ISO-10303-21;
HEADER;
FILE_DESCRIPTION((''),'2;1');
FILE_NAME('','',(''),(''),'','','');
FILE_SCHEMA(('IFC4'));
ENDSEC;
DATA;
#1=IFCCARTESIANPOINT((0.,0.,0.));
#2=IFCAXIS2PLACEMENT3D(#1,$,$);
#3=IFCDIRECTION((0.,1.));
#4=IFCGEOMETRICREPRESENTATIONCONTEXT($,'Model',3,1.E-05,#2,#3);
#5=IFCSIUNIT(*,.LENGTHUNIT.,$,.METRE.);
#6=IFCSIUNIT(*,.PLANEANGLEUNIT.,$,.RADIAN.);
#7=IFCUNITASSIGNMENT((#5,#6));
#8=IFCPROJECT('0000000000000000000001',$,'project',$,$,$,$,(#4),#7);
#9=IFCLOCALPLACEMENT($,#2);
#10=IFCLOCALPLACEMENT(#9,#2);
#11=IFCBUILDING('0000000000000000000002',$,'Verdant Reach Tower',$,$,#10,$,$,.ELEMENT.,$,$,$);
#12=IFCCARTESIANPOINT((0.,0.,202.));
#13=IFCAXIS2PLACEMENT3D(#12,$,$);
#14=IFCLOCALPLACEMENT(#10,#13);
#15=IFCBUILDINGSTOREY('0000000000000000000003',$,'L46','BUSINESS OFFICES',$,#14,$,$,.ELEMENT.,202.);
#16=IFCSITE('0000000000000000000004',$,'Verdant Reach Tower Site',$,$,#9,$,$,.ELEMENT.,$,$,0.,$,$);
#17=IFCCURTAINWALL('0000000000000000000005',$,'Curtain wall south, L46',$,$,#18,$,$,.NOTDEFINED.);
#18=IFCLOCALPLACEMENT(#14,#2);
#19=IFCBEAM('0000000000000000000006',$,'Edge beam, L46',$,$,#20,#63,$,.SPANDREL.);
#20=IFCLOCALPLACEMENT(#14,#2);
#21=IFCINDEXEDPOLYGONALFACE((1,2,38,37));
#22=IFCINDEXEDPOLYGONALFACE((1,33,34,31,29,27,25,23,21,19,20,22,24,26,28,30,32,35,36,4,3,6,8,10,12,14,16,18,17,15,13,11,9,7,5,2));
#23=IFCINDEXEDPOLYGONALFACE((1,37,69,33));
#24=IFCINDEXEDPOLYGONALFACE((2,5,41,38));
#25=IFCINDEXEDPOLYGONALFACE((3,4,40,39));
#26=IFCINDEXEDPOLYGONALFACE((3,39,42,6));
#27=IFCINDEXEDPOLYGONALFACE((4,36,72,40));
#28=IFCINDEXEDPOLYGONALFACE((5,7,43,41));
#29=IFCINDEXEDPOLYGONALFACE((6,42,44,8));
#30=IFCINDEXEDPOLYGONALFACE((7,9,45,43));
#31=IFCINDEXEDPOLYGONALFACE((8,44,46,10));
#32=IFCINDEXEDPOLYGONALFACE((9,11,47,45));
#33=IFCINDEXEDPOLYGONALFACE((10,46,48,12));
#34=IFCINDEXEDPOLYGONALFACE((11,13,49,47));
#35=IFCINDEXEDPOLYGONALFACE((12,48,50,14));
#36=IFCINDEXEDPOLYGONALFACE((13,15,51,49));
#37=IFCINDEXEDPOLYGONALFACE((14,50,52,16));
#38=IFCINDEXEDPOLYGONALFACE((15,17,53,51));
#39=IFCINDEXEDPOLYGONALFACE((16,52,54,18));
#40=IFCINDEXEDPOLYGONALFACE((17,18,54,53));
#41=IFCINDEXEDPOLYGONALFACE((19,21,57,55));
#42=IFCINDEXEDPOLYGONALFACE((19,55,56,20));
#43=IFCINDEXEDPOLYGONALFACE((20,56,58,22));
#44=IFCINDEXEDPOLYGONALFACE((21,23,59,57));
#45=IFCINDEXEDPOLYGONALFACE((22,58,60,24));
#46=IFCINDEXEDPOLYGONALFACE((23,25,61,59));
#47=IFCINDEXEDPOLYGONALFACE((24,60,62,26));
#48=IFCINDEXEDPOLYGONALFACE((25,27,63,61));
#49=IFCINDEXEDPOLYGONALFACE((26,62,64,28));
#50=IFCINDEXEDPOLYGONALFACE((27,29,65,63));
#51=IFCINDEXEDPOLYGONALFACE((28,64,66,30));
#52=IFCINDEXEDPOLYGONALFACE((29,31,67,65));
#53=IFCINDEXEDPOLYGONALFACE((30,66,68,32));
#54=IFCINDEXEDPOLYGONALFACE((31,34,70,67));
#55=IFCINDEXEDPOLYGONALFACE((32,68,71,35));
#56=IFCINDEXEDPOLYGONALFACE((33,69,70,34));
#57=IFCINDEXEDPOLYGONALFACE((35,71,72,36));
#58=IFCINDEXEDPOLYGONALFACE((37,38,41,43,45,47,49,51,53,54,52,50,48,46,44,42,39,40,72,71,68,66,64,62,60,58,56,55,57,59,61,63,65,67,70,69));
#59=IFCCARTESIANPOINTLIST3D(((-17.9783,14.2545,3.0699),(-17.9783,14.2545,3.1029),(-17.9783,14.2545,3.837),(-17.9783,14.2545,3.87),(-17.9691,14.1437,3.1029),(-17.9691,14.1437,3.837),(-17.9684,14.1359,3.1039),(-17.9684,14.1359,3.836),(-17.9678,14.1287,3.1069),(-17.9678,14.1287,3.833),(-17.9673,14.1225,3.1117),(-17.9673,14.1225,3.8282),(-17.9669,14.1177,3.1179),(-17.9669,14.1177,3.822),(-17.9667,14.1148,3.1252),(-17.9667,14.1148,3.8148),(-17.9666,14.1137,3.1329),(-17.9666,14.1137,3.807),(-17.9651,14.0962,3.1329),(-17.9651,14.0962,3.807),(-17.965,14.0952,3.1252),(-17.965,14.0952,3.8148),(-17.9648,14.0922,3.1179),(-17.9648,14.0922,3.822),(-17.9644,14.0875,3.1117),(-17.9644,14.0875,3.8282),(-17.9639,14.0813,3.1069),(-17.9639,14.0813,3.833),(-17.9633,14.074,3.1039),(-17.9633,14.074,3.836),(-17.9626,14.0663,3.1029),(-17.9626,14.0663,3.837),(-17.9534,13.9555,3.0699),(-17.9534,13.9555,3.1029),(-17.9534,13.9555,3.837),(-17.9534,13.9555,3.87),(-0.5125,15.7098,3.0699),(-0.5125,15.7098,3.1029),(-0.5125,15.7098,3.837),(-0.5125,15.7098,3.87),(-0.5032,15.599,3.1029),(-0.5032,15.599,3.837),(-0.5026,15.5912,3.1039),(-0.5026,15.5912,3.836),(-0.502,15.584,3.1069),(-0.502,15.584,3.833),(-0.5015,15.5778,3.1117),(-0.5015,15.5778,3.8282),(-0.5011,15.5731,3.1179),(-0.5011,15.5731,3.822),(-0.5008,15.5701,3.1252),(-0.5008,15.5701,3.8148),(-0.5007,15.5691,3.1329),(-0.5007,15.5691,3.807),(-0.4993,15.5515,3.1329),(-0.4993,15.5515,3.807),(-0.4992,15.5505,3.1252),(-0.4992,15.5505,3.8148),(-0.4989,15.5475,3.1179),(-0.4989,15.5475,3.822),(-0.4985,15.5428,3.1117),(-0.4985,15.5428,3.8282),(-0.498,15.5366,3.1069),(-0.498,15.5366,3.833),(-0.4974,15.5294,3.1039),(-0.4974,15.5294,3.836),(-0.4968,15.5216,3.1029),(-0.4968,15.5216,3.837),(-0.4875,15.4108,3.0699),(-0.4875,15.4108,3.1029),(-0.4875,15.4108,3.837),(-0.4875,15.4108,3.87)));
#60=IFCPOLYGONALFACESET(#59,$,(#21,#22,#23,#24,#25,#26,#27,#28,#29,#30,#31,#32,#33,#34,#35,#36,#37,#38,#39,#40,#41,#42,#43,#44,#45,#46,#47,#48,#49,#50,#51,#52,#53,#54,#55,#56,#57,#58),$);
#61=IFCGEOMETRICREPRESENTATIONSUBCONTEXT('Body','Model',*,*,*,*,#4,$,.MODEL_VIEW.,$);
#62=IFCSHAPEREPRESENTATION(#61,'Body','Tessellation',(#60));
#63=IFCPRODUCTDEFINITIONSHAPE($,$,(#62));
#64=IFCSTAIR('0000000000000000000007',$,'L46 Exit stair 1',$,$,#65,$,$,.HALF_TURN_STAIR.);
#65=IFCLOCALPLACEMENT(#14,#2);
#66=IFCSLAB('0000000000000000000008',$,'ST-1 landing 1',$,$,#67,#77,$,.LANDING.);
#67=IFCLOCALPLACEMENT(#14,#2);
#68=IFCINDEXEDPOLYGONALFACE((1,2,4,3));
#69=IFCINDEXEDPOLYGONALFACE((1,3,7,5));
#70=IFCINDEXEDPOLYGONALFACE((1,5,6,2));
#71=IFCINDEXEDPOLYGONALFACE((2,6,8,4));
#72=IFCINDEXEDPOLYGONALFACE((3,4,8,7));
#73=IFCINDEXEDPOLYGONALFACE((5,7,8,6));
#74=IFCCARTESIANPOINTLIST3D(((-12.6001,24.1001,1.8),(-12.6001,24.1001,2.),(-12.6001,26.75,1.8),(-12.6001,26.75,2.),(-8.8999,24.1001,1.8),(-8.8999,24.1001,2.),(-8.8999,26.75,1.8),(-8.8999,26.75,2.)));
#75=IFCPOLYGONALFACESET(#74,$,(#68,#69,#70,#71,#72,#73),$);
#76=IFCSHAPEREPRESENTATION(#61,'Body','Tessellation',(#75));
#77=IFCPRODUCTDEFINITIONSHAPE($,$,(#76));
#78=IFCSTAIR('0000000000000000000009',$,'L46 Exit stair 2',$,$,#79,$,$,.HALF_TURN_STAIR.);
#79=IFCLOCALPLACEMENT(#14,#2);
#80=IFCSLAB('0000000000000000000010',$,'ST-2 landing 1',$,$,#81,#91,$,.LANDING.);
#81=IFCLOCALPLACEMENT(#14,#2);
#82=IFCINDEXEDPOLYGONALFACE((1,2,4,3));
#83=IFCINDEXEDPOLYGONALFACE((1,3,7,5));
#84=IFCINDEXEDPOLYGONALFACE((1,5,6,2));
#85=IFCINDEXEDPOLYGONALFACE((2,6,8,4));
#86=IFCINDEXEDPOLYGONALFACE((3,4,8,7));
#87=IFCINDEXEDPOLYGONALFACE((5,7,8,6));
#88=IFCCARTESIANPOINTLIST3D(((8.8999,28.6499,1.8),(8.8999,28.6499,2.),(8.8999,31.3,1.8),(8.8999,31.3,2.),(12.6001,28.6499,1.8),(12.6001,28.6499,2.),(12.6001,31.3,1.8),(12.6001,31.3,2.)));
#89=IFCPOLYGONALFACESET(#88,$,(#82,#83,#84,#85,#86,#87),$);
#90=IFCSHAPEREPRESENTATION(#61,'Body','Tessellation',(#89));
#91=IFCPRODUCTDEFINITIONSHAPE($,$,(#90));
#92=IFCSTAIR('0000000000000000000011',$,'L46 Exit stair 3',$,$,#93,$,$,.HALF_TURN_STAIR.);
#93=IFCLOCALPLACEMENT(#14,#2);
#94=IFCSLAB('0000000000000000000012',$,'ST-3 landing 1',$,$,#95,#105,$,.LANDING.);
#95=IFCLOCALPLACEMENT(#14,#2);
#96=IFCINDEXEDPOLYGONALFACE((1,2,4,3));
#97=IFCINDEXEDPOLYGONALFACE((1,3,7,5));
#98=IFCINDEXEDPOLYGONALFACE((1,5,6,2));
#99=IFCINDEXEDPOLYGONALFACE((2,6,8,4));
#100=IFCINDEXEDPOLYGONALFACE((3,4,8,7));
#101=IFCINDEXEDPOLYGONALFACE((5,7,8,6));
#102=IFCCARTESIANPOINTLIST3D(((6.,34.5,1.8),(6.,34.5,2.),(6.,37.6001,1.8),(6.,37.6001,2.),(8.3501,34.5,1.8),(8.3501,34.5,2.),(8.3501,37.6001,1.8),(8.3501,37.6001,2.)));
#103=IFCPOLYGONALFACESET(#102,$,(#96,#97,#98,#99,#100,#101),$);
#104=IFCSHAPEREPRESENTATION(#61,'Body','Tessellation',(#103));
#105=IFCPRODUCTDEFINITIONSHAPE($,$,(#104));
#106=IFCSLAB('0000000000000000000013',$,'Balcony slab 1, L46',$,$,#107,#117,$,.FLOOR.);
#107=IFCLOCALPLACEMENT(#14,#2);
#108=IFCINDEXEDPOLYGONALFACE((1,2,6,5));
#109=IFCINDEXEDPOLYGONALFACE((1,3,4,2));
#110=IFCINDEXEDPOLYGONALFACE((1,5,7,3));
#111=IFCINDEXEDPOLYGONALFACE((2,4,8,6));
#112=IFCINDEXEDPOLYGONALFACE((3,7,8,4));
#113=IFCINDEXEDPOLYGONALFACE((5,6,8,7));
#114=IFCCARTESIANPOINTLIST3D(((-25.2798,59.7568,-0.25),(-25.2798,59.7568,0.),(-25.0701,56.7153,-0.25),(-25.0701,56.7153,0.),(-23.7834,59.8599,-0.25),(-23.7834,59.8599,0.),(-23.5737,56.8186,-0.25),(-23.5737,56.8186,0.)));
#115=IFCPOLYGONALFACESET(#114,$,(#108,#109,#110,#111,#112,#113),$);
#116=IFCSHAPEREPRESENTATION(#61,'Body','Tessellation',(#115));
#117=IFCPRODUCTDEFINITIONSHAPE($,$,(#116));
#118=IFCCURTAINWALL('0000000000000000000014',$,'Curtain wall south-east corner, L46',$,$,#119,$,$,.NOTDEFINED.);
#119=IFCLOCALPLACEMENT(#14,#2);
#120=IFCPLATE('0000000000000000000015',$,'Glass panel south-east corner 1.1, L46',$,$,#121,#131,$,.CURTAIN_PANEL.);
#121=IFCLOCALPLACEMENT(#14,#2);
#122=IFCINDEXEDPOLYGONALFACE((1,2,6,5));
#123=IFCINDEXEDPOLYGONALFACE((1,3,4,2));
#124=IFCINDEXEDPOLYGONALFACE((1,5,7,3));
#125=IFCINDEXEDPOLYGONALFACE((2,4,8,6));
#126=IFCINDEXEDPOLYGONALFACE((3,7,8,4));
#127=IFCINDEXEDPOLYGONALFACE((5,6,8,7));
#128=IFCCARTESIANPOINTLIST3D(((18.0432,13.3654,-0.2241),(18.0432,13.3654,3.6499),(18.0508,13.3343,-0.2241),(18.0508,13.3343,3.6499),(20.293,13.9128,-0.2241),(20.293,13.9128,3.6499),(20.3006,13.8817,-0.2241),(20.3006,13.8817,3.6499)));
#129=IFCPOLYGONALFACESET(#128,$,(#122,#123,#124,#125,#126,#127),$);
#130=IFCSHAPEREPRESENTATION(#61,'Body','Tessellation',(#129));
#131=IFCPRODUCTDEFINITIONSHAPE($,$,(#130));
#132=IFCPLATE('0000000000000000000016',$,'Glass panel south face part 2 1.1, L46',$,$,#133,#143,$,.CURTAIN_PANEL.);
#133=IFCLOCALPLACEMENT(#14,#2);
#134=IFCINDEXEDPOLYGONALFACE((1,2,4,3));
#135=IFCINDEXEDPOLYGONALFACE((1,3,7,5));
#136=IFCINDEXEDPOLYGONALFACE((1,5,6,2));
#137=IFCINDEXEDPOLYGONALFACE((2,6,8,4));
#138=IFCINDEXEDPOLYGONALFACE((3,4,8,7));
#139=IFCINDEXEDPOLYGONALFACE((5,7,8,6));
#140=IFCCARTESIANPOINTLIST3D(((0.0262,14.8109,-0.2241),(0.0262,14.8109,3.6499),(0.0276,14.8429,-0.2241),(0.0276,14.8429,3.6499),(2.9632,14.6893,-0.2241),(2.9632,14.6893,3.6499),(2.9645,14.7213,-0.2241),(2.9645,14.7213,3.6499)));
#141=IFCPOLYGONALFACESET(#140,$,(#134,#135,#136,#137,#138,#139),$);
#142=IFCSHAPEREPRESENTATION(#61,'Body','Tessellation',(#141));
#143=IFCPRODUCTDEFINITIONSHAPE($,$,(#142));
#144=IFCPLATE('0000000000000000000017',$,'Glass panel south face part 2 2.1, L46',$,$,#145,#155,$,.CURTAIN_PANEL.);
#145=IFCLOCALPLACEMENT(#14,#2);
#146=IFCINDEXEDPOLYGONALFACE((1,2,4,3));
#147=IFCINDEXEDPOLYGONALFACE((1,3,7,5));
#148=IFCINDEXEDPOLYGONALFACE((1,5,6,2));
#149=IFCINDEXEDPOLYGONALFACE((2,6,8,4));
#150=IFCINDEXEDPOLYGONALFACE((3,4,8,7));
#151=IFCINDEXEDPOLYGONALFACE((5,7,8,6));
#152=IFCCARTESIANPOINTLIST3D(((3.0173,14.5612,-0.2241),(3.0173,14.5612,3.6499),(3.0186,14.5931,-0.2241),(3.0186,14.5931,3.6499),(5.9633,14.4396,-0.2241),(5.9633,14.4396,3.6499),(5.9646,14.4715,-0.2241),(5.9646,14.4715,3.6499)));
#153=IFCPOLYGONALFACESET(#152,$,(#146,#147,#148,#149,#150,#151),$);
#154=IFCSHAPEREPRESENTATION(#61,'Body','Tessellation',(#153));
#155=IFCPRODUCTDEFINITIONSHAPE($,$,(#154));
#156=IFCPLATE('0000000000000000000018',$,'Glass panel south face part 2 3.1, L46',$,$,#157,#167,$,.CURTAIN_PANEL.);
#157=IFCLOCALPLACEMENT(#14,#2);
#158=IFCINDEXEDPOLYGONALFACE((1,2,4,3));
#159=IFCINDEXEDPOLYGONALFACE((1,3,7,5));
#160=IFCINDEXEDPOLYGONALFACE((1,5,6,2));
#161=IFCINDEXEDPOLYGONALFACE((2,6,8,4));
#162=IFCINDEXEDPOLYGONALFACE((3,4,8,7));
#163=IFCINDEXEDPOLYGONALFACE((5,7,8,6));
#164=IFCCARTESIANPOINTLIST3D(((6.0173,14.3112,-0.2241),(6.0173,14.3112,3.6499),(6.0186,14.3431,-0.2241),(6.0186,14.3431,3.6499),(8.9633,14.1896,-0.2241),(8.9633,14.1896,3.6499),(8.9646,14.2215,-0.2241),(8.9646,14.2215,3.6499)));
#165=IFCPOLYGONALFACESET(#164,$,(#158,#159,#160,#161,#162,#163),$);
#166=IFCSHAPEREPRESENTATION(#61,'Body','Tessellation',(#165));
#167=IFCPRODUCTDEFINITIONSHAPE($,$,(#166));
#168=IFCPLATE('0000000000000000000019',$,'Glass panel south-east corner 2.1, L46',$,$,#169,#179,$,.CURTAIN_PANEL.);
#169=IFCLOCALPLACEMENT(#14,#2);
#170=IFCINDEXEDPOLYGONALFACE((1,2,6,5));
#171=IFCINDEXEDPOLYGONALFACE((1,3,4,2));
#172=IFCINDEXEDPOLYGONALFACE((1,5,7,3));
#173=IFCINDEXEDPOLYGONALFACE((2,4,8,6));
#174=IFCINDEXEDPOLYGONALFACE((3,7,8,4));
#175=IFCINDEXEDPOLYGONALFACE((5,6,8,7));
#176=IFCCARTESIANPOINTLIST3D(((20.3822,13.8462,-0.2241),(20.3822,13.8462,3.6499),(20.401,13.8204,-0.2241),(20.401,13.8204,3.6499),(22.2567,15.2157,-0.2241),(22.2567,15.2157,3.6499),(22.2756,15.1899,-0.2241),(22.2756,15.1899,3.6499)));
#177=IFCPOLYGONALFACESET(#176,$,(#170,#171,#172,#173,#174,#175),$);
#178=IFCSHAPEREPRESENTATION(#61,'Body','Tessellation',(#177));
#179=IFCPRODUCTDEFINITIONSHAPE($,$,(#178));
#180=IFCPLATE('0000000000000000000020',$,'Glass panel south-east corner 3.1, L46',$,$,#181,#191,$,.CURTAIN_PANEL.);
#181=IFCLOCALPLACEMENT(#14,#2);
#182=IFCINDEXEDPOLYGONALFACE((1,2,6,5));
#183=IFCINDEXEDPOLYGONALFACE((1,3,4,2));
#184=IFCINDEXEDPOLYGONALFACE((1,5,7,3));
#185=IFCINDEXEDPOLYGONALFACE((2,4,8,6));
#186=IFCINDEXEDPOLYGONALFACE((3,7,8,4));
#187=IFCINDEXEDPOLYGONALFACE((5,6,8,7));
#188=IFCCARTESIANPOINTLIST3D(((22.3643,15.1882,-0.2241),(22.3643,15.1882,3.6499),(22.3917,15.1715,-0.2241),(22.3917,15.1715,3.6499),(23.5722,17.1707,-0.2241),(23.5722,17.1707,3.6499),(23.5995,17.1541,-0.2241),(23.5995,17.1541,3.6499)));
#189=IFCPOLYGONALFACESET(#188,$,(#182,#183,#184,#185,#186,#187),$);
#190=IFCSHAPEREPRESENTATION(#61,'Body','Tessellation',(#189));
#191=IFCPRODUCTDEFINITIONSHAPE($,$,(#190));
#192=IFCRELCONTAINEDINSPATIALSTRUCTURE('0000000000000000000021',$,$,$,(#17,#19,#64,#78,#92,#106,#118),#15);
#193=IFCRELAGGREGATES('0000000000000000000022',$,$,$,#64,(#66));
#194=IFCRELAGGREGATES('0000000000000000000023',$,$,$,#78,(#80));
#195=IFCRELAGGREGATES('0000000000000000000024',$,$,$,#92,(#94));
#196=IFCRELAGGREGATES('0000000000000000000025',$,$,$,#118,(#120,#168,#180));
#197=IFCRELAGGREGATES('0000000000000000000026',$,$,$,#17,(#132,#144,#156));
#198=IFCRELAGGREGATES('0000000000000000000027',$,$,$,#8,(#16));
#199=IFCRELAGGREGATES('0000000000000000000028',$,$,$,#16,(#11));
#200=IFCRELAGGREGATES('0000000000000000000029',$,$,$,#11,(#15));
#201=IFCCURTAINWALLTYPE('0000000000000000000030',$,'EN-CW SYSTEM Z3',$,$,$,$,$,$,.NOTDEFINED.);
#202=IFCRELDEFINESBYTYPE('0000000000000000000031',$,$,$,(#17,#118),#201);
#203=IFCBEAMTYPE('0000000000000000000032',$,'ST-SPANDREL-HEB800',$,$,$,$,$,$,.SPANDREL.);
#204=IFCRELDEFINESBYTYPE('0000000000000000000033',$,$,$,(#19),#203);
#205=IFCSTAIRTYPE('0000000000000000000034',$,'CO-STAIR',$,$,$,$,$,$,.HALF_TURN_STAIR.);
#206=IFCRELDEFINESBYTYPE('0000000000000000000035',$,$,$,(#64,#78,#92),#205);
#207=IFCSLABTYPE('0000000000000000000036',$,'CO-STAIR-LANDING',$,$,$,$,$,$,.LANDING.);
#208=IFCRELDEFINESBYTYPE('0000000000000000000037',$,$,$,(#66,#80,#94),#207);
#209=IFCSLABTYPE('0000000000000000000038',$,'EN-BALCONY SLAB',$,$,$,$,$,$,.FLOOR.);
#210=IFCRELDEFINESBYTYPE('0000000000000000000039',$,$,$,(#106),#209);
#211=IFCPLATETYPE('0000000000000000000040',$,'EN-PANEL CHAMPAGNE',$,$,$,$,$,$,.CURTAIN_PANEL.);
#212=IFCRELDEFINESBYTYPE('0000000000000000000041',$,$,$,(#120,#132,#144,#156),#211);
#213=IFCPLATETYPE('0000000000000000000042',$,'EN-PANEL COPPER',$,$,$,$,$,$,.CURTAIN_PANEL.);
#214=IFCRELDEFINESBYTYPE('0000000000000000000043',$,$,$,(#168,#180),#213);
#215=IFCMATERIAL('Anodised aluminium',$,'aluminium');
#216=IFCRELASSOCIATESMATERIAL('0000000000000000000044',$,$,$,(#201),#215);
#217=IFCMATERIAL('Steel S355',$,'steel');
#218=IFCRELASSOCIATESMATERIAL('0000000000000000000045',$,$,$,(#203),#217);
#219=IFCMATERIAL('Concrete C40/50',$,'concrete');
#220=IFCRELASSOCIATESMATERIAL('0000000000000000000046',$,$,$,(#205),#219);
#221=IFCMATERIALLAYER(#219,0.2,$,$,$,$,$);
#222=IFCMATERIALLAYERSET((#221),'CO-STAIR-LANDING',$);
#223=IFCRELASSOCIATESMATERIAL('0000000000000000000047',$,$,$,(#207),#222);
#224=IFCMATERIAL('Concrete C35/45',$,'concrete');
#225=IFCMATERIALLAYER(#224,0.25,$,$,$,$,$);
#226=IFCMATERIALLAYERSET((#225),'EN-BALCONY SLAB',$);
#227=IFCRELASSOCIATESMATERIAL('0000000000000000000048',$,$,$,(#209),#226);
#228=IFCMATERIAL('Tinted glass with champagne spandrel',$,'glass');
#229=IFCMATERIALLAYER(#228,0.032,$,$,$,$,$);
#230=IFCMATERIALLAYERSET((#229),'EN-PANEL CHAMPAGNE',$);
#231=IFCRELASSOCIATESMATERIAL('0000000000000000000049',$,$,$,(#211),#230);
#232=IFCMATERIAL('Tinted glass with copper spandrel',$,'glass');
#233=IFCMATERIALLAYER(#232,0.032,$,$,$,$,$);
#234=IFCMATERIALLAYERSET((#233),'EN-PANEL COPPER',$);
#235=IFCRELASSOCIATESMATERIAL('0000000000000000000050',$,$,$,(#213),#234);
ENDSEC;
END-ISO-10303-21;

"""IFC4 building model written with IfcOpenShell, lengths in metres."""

from ifc_helpers import new_model, si_unit, direction, frame, origin, origin_2d, place, context, subcontext, project, spatial, polyline, rectangle, i_section, outline, extrude, material, layer, layer_set, material_profile, profile_set, type_object, element, aggregate, save


model = new_model("IFC4")

# Units and contexts
model_context = context("Model", 3, precision=1e-05, world=origin(), true_north=direction((0.0, 1.0)))
body_context = subcontext(model_context, "Body", "Model", "MODEL_VIEW")
ifc_project = project(units=[si_unit("LENGTHUNIT", "METRE"), si_unit("PLANEANGLEUNIT", "RADIAN")], contexts=[model_context])

# Site, building, storey
site_placement = place(None, origin())
site = spatial("IfcSite", under=ifc_project, at=site_placement, Name="Verdant Reach Tower Site", CompositionType="ELEMENT", RefElevation=0.0)
building_placement = place(site_placement, origin())
building = spatial("IfcBuilding", under=site, at=building_placement, Name="Verdant Reach Tower", CompositionType="ELEMENT")
storey_placement = place(building_placement, frame((0.0, 0.0, 202.0)))
storey = spatial("IfcBuildingStorey", under=building, at=storey_placement, Name="L46", Description="BUSINESS OFFICES", CompositionType="ELEMENT", Elevation=202.0)

# Curtain wall
ifc_material_1 = material(Name="Anodised aluminium", Category="aluminium")
curtain_wall_type = type_object("IfcCurtainWallType", Name="EN-CW SYSTEM Z3", PredefinedType="NOTDEFINED", material=ifc_material_1)
curtain_wall_1_placement = place(storey_placement, origin())
curtain_wall_1 = element("IfcCurtainWall", 1, at=curtain_wall_1_placement, inside=storey, type_object=curtain_wall_type, Name="Curtain wall south, L46", PredefinedType="NOTDEFINED")

# Beam
ifc_material_2 = material(Name="Steel S355", Category="steel")
ifc_material_profile_1 = material_profile(ifc_material_2, i_section(OverallWidth=0.3, OverallDepth=0.8, WebThickness=0.0176, FlangeThickness=0.033, FilletRadius=0.03, at=origin_2d()), Name="HEB 800")
ifc_profile_set_1 = profile_set([ifc_material_profile_1], Name="Steel S355")
beam_type_1 = type_object("IfcBeamType", Name="ST-SPANDREL-HEB800", PredefinedType="SPANDREL", material=ifc_profile_set_1)
for number, where, z_axis, x_axis, name in (
    (2, (-0.5, 15.5603, 3.47), (-0.996547, -0.083036, 0.0), (0.083036, -0.996547, 0.0), "Edge beam, L46"),
):
    element("IfcBeam", number, at=place(storey_placement, frame(where, z_axis=z_axis, x_axis=x_axis)), inside=storey, type_object=beam_type_1, Name=name, PredefinedType="SPANDREL", context=body_context, shape_type="SweptSolid", body=[
        extrude(i_section(OverallWidth=0.3, OverallDepth=0.8, WebThickness=0.0176, FlangeThickness=0.033, FilletRadius=0.03, at=origin_2d()), origin(), (0.0, 0.0, 1.0), 17.5264),
    ])

# Stairs, slabs
ifc_material_3 = material(Name="Concrete C40/50", Category="concrete")
stair_type = type_object("IfcStairType", Name="CO-STAIR", PredefinedType="HALF_TURN_STAIR", material=ifc_material_3)
stair_1_placement = place(storey_placement, origin())
stair_1 = element("IfcStair", 3, at=stair_1_placement, inside=storey, type_object=stair_type, Name="L46 Exit stair 1", PredefinedType="HALF_TURN_STAIR")
ifc_layer_1 = layer(ifc_material_3, 0.2)
ifc_layer_set_1 = layer_set([ifc_layer_1], Name="CO-STAIR-LANDING")
slab_type_1 = type_object("IfcSlabType", Name="CO-STAIR-LANDING", PredefinedType="LANDING", material=ifc_layer_set_1)
slab_1_placement = place(storey_placement, frame((0.0, 0.0, 1.8)))
slab_1 = element("IfcSlab", 4, at=slab_1_placement, type_object=slab_type_1, Name="ST-1 landing 1", PredefinedType="LANDING", context=body_context, shape_type="SweptSolid", body=[
    extrude(outline(polyline([(-12.6001, 26.75), (-12.6001, 24.1001), (-8.8999, 24.1001), (-8.8999, 26.75), (-12.6001, 26.75)])), origin(), (0.0, 0.0, 1.0), 0.2),
])
aggregate(stair_1, [slab_1])
stair_2_placement = place(storey_placement, origin())
stair_2 = element("IfcStair", 5, at=stair_2_placement, inside=storey, type_object=stair_type, Name="L46 Exit stair 2", PredefinedType="HALF_TURN_STAIR")
slab_2_placement = place(storey_placement, frame((0.0, 0.0, 1.8)))
slab_2 = element("IfcSlab", 6, at=slab_2_placement, type_object=slab_type_1, Name="ST-2 landing 1", PredefinedType="LANDING", context=body_context, shape_type="SweptSolid", body=[
    extrude(outline(polyline([(12.6001, 28.6499), (12.6001, 31.3), (8.8999, 31.3), (8.8999, 28.6499), (12.6001, 28.6499)])), origin(), (0.0, 0.0, 1.0), 0.2),
])
aggregate(stair_2, [slab_2])
stair_3_placement = place(storey_placement, origin())
stair_3 = element("IfcStair", 7, at=stair_3_placement, inside=storey, type_object=stair_type, Name="L46 Exit stair 3", PredefinedType="HALF_TURN_STAIR")
slab_3_placement = place(storey_placement, frame((0.0, 0.0, 1.8)))
slab_3 = element("IfcSlab", 8, at=slab_3_placement, type_object=slab_type_1, Name="ST-3 landing 1", PredefinedType="LANDING", context=body_context, shape_type="SweptSolid", body=[
    extrude(outline(polyline([(8.3501, 37.6001), (6.0, 37.6001), (6.0, 34.5), (8.3501, 34.5), (8.3501, 37.6001)])), origin(), (0.0, 0.0, 1.0), 0.2),
])
aggregate(stair_3, [slab_3])

# Slab
ifc_material_4 = material(Name="Concrete C35/45", Category="concrete")
ifc_layer_2 = layer(ifc_material_4, 0.25)
ifc_layer_set_2 = layer_set([ifc_layer_2], Name="EN-BALCONY SLAB")
slab_type_2 = type_object("IfcSlabType", Name="EN-BALCONY SLAB", PredefinedType="FLOOR", material=ifc_layer_set_2)
slab_4_placement = place(storey_placement, frame((0.0, 0.0, -0.25)))
element("IfcSlab", 9, at=slab_4_placement, inside=storey, type_object=slab_type_2, Name="Balcony slab 1, L46", PredefinedType="FLOOR", context=body_context, shape_type="SweptSolid", body=[
    extrude(outline(polyline([(-23.7834, 59.8599), (-23.5737, 56.8186), (-25.0701, 56.7153), (-25.2798, 59.7568), (-23.7834, 59.8599)])), origin(), (0.0, 0.0, 1.0), 0.25),
])

# Curtain wall, plate
curtain_wall_2_placement = place(storey_placement, origin())
curtain_wall_2 = element("IfcCurtainWall", 10, at=curtain_wall_2_placement, inside=storey, type_object=curtain_wall_type, Name="Curtain wall south-east corner, L46", PredefinedType="NOTDEFINED")
ifc_material_5 = material(Name="Tinted glass with champagne spandrel", Category="glass")
ifc_layer_3 = layer(ifc_material_5, 0.032)
ifc_layer_set_3 = layer_set([ifc_layer_3], Name="EN-PANEL CHAMPAGNE")
plate_type_1 = type_object("IfcPlateType", Name="EN-PANEL CHAMPAGNE", PredefinedType="CURTAIN_PANEL", material=ifc_layer_set_3)
plate_1_placement = place(storey_placement, frame((19.1719, 13.6235, -0.2241), z_axis=(0.0, 0.0, 1.0), x_axis=(0.971655, 0.236403, 0.0)))
plate_1 = element("IfcPlate", 11, at=plate_1_placement, type_object=plate_type_1, Name="Glass panel south-east corner 1.1, L46", PredefinedType="CURTAIN_PANEL", context=body_context, shape_type="SweptSolid", body=[
    extrude(rectangle(XDim=2.3154, YDim=0.032, at=origin_2d()), origin(), (0.0, 0.0, 1.0), 3.874),
])

# Plates
plate_2_placement = place(storey_placement, frame((1.4954, 14.7661, -0.2241), z_axis=(0.0, 0.0, 1.0), x_axis=(0.999144, -0.041367, 0.0)))
plate_2 = element("IfcPlate", 12, at=plate_2_placement, type_object=plate_type_1, Name="Glass panel south face part 2 1.1, L46", PredefinedType="CURTAIN_PANEL", context=body_context, shape_type="SweptSolid", body=[
    extrude(rectangle(XDim=2.9395, YDim=0.032, at=origin_2d()), origin(), (0.0, 0.0, 1.0), 3.874),
])
plate_3_placement = place(storey_placement, frame((4.491, 14.5164, -0.2241), z_axis=(0.0, 0.0, 1.0), x_axis=(0.999149, -0.041242, 0.0)))
plate_3 = element("IfcPlate", 13, at=plate_3_placement, type_object=plate_type_1, Name="Glass panel south face part 2 2.1, L46", PredefinedType="CURTAIN_PANEL", context=body_context, shape_type="SweptSolid", body=[
    extrude(rectangle(XDim=2.9485, YDim=0.032, at=origin_2d()), origin(), (0.0, 0.0, 1.0), 3.874),
])
plate_4_placement = place(storey_placement, frame((7.491, 14.2664, -0.2241), z_axis=(0.0, 0.0, 1.0), x_axis=(0.999149, -0.041242, 0.0)))
plate_4 = element("IfcPlate", 14, at=plate_4_placement, type_object=plate_type_1, Name="Glass panel south face part 2 3.1, L46", PredefinedType="CURTAIN_PANEL", context=body_context, shape_type="SweptSolid", body=[
    extrude(rectangle(XDim=2.9485, YDim=0.032, at=origin_2d()), origin(), (0.0, 0.0, 1.0), 3.874),
])
ifc_material_6 = material(Name="Tinted glass with copper spandrel", Category="glass")
ifc_layer_4 = layer(ifc_material_6, 0.032)
ifc_layer_set_4 = layer_set([ifc_layer_4], Name="EN-PANEL COPPER")
plate_type_2 = type_object("IfcPlateType", Name="EN-PANEL COPPER", PredefinedType="CURTAIN_PANEL", material=ifc_layer_set_4)
plate_5_placement = place(storey_placement, frame((21.3289, 14.5181, -0.2241), z_axis=(0.0, 0.0, 1.0), x_axis=(0.807457, 0.589927, 0.0)))
plate_5 = element("IfcPlate", 15, at=plate_5_placement, type_object=plate_type_2, Name="Glass panel south-east corner 2.1, L46", PredefinedType="CURTAIN_PANEL", context=body_context, shape_type="SweptSolid", body=[
    extrude(rectangle(XDim=2.3215, YDim=0.032, at=origin_2d()), origin(), (0.0, 0.0, 1.0), 3.874),
])
plate_6_placement = place(storey_placement, frame((22.9819, 16.1711, -0.2241), z_axis=(0.0, 0.0, 1.0), x_axis=(0.520292, 0.853989, 0.0)))
plate_6 = element("IfcPlate", 16, at=plate_6_placement, type_object=plate_type_2, Name="Glass panel south-east corner 3.1, L46", PredefinedType="CURTAIN_PANEL", context=body_context, shape_type="SweptSolid", body=[
    extrude(rectangle(XDim=2.3215, YDim=0.032, at=origin_2d()), origin(), (0.0, 0.0, 1.0), 3.874),
])
aggregate(curtain_wall_2, [plate_1, plate_5, plate_6])
aggregate(curtain_wall_1, [plate_2, plate_3, plate_4])

save(model, "model.ifc")
